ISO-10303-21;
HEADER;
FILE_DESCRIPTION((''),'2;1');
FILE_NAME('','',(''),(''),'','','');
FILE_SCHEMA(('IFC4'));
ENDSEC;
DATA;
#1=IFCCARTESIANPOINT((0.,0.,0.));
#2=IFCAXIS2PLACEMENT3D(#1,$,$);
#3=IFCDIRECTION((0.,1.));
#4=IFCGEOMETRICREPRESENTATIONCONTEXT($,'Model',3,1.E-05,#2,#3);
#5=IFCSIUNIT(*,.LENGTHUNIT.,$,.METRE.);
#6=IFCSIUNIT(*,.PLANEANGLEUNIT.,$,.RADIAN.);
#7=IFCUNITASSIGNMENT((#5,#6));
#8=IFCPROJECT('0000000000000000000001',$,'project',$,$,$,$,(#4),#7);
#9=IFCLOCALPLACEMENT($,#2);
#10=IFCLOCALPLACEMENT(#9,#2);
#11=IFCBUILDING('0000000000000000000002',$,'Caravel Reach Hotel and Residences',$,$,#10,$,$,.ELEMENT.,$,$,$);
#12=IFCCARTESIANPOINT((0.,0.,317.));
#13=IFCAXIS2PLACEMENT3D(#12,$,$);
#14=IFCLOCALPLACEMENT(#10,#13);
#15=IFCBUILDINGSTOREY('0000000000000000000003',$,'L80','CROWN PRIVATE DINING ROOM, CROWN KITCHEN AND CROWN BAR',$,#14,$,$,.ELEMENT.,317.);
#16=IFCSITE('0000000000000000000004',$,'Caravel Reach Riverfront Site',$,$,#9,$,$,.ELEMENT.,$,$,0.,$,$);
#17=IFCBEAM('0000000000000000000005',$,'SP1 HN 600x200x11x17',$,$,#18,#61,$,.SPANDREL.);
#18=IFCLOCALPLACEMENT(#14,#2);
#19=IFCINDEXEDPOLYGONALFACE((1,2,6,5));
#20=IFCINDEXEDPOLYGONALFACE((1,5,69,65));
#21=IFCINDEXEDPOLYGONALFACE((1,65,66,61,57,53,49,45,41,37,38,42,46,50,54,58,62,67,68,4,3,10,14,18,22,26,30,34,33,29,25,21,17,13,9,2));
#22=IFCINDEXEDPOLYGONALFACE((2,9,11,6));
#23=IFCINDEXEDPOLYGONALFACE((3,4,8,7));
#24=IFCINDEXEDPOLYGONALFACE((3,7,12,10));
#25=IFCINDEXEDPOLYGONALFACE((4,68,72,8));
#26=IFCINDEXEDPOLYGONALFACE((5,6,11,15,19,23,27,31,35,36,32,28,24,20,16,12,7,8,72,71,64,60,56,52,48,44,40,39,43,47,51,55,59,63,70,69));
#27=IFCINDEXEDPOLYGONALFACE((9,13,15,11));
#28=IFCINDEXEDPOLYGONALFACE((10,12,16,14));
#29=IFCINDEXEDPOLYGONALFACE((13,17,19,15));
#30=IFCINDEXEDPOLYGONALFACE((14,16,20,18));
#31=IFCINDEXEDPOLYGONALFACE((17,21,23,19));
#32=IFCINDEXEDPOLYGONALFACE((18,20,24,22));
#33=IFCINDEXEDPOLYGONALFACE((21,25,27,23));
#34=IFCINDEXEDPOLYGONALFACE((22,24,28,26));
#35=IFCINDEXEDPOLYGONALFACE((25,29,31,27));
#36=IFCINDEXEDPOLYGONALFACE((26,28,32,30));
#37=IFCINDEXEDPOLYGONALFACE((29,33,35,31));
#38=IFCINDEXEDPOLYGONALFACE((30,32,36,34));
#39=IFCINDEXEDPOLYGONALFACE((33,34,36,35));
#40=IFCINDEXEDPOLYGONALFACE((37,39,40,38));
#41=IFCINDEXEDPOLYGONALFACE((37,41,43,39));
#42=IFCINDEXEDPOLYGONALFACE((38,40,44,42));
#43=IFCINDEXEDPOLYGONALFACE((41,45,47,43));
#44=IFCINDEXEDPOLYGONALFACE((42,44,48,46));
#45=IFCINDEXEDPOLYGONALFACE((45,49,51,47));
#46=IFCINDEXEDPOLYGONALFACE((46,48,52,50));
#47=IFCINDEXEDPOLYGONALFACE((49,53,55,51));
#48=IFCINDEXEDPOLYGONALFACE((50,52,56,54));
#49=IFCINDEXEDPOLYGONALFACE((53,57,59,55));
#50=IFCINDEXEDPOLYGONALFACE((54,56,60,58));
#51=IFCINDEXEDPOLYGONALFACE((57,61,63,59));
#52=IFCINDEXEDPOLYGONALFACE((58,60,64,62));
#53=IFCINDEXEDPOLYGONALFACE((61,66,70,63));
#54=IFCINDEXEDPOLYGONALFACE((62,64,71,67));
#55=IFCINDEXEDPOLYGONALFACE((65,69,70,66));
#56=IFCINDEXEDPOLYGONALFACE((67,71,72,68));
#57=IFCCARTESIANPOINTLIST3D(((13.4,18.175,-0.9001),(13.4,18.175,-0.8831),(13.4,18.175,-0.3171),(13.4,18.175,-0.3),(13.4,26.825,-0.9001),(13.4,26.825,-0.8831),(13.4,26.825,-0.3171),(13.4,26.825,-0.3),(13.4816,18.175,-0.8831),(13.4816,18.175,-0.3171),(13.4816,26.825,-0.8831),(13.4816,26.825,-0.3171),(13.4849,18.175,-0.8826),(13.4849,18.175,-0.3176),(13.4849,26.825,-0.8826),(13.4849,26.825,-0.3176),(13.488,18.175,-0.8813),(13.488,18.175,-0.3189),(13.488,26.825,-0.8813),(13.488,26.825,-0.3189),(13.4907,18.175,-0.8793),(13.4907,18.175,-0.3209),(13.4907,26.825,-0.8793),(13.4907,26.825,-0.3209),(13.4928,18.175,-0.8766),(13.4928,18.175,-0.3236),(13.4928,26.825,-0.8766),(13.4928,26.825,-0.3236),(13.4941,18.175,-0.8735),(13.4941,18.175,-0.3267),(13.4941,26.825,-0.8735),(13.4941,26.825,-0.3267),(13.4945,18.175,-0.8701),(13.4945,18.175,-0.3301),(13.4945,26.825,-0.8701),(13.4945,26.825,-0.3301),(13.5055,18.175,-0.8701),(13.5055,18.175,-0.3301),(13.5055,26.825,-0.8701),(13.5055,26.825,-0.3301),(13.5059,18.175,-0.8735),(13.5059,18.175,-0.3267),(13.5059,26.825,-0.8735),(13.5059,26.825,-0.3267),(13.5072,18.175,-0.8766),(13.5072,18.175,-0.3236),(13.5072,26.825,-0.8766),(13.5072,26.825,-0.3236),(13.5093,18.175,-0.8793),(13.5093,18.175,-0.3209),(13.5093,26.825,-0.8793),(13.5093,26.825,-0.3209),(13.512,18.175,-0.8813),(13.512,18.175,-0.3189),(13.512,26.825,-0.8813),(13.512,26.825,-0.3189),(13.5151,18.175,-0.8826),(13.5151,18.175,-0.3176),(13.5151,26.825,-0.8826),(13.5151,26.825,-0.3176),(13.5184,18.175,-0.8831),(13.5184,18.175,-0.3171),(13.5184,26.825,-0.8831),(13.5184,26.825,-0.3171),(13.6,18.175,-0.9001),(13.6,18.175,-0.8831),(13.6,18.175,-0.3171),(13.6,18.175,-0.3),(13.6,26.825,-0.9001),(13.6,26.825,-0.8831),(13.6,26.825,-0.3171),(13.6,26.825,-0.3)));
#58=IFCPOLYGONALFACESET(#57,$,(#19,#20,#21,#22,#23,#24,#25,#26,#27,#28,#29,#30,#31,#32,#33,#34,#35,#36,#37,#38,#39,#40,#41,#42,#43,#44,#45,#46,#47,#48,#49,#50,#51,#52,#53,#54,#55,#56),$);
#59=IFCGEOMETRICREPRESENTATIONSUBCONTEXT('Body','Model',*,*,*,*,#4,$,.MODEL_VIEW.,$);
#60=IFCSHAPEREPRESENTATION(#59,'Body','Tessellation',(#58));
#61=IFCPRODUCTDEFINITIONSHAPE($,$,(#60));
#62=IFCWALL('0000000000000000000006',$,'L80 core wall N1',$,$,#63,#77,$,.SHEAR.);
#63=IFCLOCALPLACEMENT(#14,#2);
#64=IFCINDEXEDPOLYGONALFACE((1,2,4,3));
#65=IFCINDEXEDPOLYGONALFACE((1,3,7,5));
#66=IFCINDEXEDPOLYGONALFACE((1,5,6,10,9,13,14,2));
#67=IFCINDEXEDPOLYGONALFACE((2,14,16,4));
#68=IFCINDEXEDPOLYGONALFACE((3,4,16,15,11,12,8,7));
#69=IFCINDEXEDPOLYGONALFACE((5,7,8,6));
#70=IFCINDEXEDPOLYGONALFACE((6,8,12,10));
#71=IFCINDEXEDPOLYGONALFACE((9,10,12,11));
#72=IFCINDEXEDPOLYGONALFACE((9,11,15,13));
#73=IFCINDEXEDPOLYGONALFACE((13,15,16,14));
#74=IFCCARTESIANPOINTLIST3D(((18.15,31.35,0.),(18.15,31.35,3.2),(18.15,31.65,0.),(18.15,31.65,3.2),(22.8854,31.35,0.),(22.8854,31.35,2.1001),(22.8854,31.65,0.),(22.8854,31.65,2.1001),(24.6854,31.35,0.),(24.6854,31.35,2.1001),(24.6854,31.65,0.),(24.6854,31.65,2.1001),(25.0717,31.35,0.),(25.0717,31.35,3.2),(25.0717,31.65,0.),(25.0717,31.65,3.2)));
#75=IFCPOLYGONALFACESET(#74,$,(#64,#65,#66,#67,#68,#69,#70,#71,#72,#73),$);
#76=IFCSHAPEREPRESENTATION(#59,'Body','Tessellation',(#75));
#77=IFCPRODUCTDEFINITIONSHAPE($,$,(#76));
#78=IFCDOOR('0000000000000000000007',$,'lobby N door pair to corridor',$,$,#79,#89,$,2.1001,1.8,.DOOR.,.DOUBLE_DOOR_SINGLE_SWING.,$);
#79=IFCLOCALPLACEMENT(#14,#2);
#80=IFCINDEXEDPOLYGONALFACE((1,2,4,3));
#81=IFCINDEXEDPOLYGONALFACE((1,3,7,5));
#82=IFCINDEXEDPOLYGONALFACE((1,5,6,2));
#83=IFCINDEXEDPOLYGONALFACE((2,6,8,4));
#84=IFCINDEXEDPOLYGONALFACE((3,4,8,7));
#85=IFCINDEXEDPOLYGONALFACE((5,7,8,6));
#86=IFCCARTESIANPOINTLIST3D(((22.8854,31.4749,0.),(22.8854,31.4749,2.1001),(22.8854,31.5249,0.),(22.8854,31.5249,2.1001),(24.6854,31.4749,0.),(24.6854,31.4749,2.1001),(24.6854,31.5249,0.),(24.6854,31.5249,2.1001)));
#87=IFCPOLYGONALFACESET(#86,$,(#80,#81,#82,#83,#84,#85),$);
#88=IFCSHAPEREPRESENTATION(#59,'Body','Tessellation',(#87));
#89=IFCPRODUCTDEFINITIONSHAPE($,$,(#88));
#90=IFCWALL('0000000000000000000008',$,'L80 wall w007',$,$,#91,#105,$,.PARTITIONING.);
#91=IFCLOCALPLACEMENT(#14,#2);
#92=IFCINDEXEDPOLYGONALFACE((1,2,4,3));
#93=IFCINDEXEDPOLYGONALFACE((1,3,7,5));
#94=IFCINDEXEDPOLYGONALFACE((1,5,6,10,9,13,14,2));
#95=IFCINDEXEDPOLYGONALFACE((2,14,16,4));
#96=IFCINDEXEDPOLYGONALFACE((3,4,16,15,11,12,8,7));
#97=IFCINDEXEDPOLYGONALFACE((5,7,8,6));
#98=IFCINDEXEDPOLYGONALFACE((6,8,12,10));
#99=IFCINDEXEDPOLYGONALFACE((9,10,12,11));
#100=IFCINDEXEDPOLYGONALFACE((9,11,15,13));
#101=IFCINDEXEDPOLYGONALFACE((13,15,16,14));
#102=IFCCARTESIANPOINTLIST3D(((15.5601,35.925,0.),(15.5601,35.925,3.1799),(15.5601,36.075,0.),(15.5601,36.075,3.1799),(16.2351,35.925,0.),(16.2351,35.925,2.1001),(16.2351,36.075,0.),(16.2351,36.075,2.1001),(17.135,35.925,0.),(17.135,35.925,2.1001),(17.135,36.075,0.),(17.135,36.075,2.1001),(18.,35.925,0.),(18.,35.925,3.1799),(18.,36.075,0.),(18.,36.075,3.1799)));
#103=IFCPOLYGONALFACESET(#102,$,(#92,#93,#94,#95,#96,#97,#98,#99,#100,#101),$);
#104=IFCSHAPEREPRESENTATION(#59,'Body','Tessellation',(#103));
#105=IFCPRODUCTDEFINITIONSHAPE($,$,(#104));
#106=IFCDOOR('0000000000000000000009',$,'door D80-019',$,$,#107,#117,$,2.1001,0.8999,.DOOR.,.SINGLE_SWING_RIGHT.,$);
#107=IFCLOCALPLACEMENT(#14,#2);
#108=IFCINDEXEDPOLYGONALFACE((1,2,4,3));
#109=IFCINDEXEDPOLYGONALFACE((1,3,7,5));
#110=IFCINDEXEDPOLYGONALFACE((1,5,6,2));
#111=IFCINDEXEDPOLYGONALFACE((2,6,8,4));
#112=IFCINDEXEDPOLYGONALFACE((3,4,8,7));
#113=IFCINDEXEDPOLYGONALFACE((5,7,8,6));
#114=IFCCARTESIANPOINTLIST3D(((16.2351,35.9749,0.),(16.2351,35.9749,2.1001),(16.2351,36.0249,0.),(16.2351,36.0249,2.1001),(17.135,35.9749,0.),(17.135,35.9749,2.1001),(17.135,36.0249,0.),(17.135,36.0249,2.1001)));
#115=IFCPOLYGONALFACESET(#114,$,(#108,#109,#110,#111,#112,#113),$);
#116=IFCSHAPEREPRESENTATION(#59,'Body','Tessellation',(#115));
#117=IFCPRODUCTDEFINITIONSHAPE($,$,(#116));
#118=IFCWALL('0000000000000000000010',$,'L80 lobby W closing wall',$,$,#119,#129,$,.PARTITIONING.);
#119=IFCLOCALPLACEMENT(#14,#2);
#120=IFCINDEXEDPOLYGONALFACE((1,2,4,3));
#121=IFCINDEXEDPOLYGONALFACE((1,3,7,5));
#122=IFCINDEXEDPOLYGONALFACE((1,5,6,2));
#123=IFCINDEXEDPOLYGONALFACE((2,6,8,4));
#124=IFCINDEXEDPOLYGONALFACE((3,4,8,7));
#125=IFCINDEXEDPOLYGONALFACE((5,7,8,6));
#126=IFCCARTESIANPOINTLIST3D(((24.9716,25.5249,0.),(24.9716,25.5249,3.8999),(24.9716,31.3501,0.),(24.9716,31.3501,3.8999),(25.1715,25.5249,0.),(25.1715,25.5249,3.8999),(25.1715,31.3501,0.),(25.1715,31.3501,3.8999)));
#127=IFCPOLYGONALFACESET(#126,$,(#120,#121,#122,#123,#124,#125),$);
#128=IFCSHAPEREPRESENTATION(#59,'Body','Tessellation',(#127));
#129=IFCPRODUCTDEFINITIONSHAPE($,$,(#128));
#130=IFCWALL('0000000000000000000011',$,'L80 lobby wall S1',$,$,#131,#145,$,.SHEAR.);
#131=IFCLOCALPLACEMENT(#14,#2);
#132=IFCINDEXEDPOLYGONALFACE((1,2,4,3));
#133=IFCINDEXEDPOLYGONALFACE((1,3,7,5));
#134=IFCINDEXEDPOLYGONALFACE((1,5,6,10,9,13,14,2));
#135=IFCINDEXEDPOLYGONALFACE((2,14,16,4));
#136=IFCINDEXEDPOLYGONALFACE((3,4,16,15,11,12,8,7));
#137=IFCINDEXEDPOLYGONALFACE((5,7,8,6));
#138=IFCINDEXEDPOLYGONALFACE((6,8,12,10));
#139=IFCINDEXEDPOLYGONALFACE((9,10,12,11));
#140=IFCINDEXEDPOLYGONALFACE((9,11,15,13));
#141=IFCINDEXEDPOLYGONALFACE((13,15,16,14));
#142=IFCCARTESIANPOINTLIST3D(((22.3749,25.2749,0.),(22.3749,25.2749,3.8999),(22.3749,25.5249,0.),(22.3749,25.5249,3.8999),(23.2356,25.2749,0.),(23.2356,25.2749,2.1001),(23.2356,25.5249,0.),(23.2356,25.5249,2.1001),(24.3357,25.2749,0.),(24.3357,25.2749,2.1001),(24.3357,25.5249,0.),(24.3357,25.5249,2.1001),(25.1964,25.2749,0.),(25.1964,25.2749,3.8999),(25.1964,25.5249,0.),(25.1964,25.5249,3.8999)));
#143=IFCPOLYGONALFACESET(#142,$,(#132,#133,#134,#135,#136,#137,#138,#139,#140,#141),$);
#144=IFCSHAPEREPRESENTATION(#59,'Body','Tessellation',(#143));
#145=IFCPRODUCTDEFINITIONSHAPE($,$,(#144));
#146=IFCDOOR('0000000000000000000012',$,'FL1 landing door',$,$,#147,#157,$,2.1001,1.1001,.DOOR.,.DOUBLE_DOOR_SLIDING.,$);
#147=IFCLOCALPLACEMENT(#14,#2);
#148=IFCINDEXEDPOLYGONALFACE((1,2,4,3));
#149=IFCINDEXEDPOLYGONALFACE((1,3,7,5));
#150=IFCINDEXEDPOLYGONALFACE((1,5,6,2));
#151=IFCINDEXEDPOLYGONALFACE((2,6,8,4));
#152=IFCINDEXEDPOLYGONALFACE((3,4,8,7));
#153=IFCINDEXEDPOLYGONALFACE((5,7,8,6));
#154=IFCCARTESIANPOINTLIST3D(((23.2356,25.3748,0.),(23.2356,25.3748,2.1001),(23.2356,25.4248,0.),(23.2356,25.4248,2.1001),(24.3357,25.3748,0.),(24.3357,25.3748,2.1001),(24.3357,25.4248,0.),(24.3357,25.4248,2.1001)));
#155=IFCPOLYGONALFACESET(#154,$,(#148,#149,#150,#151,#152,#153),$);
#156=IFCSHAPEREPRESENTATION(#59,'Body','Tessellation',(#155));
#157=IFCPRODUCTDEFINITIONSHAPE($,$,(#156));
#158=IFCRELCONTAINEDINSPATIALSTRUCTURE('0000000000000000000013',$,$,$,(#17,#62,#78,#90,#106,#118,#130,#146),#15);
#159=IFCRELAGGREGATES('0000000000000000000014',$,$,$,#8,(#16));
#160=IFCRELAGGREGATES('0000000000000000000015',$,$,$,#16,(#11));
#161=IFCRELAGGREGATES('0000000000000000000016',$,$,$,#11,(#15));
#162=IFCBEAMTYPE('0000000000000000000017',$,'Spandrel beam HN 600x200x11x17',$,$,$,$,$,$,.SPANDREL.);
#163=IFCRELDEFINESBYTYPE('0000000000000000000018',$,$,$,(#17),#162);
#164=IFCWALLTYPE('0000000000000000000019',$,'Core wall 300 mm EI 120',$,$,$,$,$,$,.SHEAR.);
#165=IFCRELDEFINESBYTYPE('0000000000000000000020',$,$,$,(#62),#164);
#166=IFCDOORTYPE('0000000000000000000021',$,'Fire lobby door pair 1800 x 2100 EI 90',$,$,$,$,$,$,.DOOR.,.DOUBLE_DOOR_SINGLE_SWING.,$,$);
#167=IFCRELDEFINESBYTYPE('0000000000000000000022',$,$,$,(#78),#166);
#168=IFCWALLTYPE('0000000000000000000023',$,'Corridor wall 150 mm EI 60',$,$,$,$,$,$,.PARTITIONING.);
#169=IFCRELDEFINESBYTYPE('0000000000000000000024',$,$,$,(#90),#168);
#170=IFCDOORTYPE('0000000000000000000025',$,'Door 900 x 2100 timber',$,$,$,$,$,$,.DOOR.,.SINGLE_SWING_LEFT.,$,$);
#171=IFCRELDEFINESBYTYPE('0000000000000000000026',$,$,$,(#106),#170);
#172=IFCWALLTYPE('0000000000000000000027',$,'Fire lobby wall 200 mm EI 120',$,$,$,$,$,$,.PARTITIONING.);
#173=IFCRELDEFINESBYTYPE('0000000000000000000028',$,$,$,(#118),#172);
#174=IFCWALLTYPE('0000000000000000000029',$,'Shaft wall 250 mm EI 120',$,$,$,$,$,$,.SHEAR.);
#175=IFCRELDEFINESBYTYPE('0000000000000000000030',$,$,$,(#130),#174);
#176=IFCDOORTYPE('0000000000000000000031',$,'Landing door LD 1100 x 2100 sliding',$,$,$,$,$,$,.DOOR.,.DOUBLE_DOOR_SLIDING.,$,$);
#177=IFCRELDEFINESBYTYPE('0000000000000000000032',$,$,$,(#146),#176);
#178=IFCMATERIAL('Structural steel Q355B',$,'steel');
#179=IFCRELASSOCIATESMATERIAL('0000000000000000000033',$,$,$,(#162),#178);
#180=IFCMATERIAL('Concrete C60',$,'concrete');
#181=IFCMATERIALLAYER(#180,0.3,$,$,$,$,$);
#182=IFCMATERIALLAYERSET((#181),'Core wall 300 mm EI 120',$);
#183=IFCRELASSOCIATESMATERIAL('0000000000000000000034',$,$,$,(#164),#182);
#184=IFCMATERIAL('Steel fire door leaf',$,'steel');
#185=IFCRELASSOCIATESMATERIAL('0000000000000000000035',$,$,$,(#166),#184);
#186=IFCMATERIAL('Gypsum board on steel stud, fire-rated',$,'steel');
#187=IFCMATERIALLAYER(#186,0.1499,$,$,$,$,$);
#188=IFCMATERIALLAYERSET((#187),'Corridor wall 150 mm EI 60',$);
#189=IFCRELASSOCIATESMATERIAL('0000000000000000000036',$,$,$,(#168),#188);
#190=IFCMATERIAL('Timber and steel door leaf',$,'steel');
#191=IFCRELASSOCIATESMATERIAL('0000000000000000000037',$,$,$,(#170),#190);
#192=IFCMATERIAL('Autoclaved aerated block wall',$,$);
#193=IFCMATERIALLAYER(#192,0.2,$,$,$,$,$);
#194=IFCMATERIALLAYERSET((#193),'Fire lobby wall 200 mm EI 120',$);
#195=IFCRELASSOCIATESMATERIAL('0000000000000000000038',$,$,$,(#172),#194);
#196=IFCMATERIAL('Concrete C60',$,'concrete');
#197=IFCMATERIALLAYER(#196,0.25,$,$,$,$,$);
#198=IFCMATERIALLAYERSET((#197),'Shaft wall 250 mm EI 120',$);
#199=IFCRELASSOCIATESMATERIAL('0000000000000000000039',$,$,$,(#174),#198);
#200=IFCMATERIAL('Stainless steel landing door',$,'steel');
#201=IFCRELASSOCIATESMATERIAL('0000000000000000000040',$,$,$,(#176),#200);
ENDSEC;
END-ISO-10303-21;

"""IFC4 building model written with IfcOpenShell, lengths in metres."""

from ifc_helpers import new_model, si_unit, direction, frame, frame_2d, origin, origin_2d, place, context, subcontext, project, spatial, rectangle, i_section, extrude, material, layer, layer_set, material_profile, profile_set, type_object, element, fill, save


model = new_model("IFC4")

# Units and contexts
model_context = context("Model", 3, precision=1e-05, world=origin(), true_north=direction((0.0, 1.0)))
body_context = subcontext(model_context, "Body", "Model", "MODEL_VIEW")
ifc_project = project(units=[si_unit("LENGTHUNIT", "METRE"), si_unit("PLANEANGLEUNIT", "RADIAN")], contexts=[model_context])

# Site, building, storey
site_placement = place(None, origin())
site = spatial("IfcSite", under=ifc_project, at=site_placement, Name="Caravel Reach Riverfront Site", CompositionType="ELEMENT", RefElevation=0.0)
building_placement = place(site_placement, origin())
building = spatial("IfcBuilding", under=site, at=building_placement, Name="Caravel Reach Hotel and Residences", CompositionType="ELEMENT")
storey_placement = place(building_placement, frame((0.0, 0.0, 317.0)))
storey = spatial("IfcBuildingStorey", under=building, at=storey_placement, Name="L80", Description="CROWN PRIVATE DINING ROOM, CROWN KITCHEN AND CROWN BAR", CompositionType="ELEMENT", Elevation=317.0)

# Beam
ifc_material_1 = material(Name="Structural steel Q355B", Category="steel")
ifc_material_profile_1 = material_profile(ifc_material_1, i_section(OverallWidth=0.2, OverallDepth=0.6001, WebThickness=0.011, FlangeThickness=0.0171, FilletRadius=0.0129, at=origin_2d()), Name="HN 600x200x11x17")
ifc_profile_set_1 = profile_set([ifc_material_profile_1], Name="Structural steel Q355B")
beam_type_1 = type_object("IfcBeamType", Name="Spandrel beam HN 600x200x11x17", PredefinedType="SPANDREL", material=ifc_profile_set_1)
for number, where, z_axis, x_axis, name in (
    (1, (13.5, 26.825, -0.6001), (0.0, -1.0, 0.0), (1.0, 0.0, 0.0), "SP1 HN 600x200x11x17"),
):
    element("IfcBeam", number, at=place(storey_placement, frame(where, z_axis=z_axis, x_axis=x_axis)), inside=storey, type_object=beam_type_1, Name=name, PredefinedType="SPANDREL", context=body_context, shape_type="SweptSolid", body=[
        extrude(i_section(OverallWidth=0.2, OverallDepth=0.6001, WebThickness=0.011, FlangeThickness=0.0171, FilletRadius=0.0129, at=origin_2d()), origin(), (0.0, 0.0, 1.0), 8.6499),
    ])

# Walls, openings, doors
ifc_material_2 = material(Name="Concrete C60", Category="concrete")
ifc_layer_1 = layer(ifc_material_2, 0.3)
ifc_layer_set_1 = layer_set([ifc_layer_1], Name="Core wall 300 mm EI 120")
wall_type_1 = type_object("IfcWallType", Name="Core wall 300 mm EI 120", PredefinedType="SHEAR", material=ifc_layer_set_1)
wall_1_placement = place(storey_placement, frame((18.1499, 31.5, 0.0), z_axis=(0.0, 0.0, 1.0), x_axis=(1.0, 0.0, 0.0)))
wall_1 = element("IfcWall", 2, at=wall_1_placement, inside=storey, type_object=wall_type_1, Name="L80 core wall N1", PredefinedType="SHEAR", context=body_context, shape_type="SweptSolid", body=[
    extrude(rectangle(XDim=6.9216, YDim=0.3, at=frame_2d((3.4609, 0.0))), origin(), (0.0, 0.0, 1.0), 3.2),
])
opening_1_placement = place(wall_1_placement, frame((4.7356, 0.0, 0.0)))
opening_1 = element("IfcOpeningElement", 3, at=opening_1_placement, cuts=wall_1, PredefinedType="OPENING", context=body_context, shape_type="SweptSolid", body=[
    extrude(rectangle(XDim=1.8, YDim=2.1001, at=frame_2d((0.8999, 1.05))), frame((0.0, 0.1599, 0.0), z_axis=(0.0, -1.0, 0.0), x_axis=(1.0, 0.0, 0.0)), (0.0, 0.0, 1.0), 0.3201),
])
ifc_material_3 = material(Name="Steel fire door leaf", Category="steel")
door_type_1 = type_object("IfcDoorType", Name="Fire lobby door pair 1800 x 2100 EI 90", OperationType="DOUBLE_DOOR_SINGLE_SWING", PredefinedType="DOOR", material=ifc_material_3)
door_1_placement = place(opening_1_placement, origin())
door_1 = element("IfcDoor", 4, at=door_1_placement, inside=storey, type_object=door_type_1, Name="lobby N door pair to corridor", OperationType="DOUBLE_DOOR_SINGLE_SWING", OverallHeight=2.1001, OverallWidth=1.8, PredefinedType="DOOR", context=body_context, shape_type="SweptSolid", body=[
    extrude(rectangle(XDim=1.8, YDim=2.1001, at=frame_2d((0.8999, 1.05))), frame((0.0, 0.0249, 0.0), z_axis=(0.0, -1.0, 0.0), x_axis=(1.0, 0.0, 0.0)), (0.0, 0.0, 1.0), 0.05),
])
fill(opening_1, door_1)
ifc_material_4 = material(Name="Gypsum board on steel stud, fire-rated", Category="steel")
ifc_layer_2 = layer(ifc_material_4, 0.1499)
ifc_layer_set_2 = layer_set([ifc_layer_2], Name="Corridor wall 150 mm EI 60")
wall_type_2 = type_object("IfcWallType", Name="Corridor wall 150 mm EI 60", PredefinedType="PARTITIONING", material=ifc_layer_set_2)
wall_2_placement = place(storey_placement, frame((15.5601, 36.0, 0.0), z_axis=(0.0, 0.0, 1.0), x_axis=(1.0, 0.0, 0.0)))
wall_2 = element("IfcWall", 5, at=wall_2_placement, inside=storey, type_object=wall_type_2, Name="L80 wall w007", PredefinedType="PARTITIONING", context=body_context, shape_type="SweptSolid", body=[
    extrude(rectangle(XDim=2.4399, YDim=0.1499, at=frame_2d((1.22, 0.0))), origin(), (0.0, 0.0, 1.0), 3.1799),
])
opening_2_placement = place(wall_2_placement, frame((0.675, 0.0, 0.0)))
opening_2 = element("IfcOpeningElement", 6, at=opening_2_placement, cuts=wall_2, PredefinedType="OPENING", context=body_context, shape_type="SweptSolid", body=[
    extrude(rectangle(XDim=0.8999, YDim=2.1001, at=frame_2d((0.45, 1.05))), frame((0.0, 0.085, 0.0), z_axis=(0.0, -1.0, 0.0), x_axis=(1.0, 0.0, 0.0)), (0.0, 0.0, 1.0), 0.1699),
])
ifc_material_5 = material(Name="Timber and steel door leaf", Category="steel")
door_type_2 = type_object("IfcDoorType", Name="Door 900 x 2100 timber", OperationType="SINGLE_SWING_LEFT", PredefinedType="DOOR", material=ifc_material_5)
door_2_placement = place(opening_2_placement, origin())
door_2 = element("IfcDoor", 7, at=door_2_placement, inside=storey, type_object=door_type_2, Name="door D80-019", OperationType="SINGLE_SWING_RIGHT", OverallHeight=2.1001, OverallWidth=0.8999, PredefinedType="DOOR", context=body_context, shape_type="SweptSolid", body=[
    extrude(rectangle(XDim=0.8999, YDim=2.1001, at=frame_2d((0.45, 1.05))), frame((0.0, 0.0249, 0.0), z_axis=(0.0, -1.0, 0.0), x_axis=(1.0, 0.0, 0.0)), (0.0, 0.0, 1.0), 0.05),
])
fill(opening_2, door_2)

# Wall
ifc_material_6 = material(Name="Autoclaved aerated block wall")
ifc_layer_3 = layer(ifc_material_6, 0.2)
ifc_layer_set_3 = layer_set([ifc_layer_3], Name="Fire lobby wall 200 mm EI 120")
wall_type_3 = type_object("IfcWallType", Name="Fire lobby wall 200 mm EI 120", PredefinedType="PARTITIONING", material=ifc_layer_set_3)
wall_3_placement = place(storey_placement, frame((25.0715, 25.5249, 0.0), z_axis=(0.0, 0.0, 1.0), x_axis=(0.0, 1.0, 0.0)))
element("IfcWall", 8, at=wall_3_placement, inside=storey, type_object=wall_type_3, Name="L80 lobby W closing wall", PredefinedType="PARTITIONING", context=body_context, shape_type="SweptSolid", body=[
    extrude(rectangle(XDim=5.8252, YDim=0.2, at=frame_2d((2.9126, 0.0))), origin(), (0.0, 0.0, 1.0), 3.8999),
])

# Wall, opening, door
ifc_material_7 = material(Name="Concrete C60", Category="concrete")
ifc_layer_4 = layer(ifc_material_7, 0.25)
ifc_layer_set_4 = layer_set([ifc_layer_4], Name="Shaft wall 250 mm EI 120")
wall_type_4 = type_object("IfcWallType", Name="Shaft wall 250 mm EI 120", PredefinedType="SHEAR", material=ifc_layer_set_4)
wall_4_placement = place(storey_placement, frame((22.375, 25.3999, 0.0), z_axis=(0.0, 0.0, 1.0), x_axis=(1.0, 0.0, 0.0)))
wall_4 = element("IfcWall", 9, at=wall_4_placement, inside=storey, type_object=wall_type_4, Name="L80 lobby wall S1", PredefinedType="SHEAR", context=body_context, shape_type="SweptSolid", body=[
    extrude(rectangle(XDim=2.8215, YDim=0.25, at=frame_2d((1.4106, 0.0))), origin(), (0.0, 0.0, 1.0), 3.8999),
])
opening_3_placement = place(wall_4_placement, frame((0.8606, 0.0, 0.0)))
opening_3 = element("IfcOpeningElement", 10, at=opening_3_placement, cuts=wall_4, PredefinedType="OPENING", context=body_context, shape_type="SweptSolid", body=[
    extrude(rectangle(XDim=1.1001, YDim=2.1001, at=frame_2d((0.55, 1.05))), frame((0.0, 0.135, 0.0), z_axis=(0.0, -1.0, 0.0), x_axis=(1.0, 0.0, 0.0)), (0.0, 0.0, 1.0), 0.27),
])
ifc_material_8 = material(Name="Stainless steel landing door", Category="steel")
door_type_3 = type_object("IfcDoorType", Name="Landing door LD 1100 x 2100 sliding", OperationType="DOUBLE_DOOR_SLIDING", PredefinedType="DOOR", material=ifc_material_8)
door_3_placement = place(opening_3_placement, origin())
door_3 = element("IfcDoor", 11, at=door_3_placement, inside=storey, type_object=door_type_3, Name="FL1 landing door", OperationType="DOUBLE_DOOR_SLIDING", OverallHeight=2.1001, OverallWidth=1.1001, PredefinedType="DOOR", context=body_context, shape_type="SweptSolid", body=[
    extrude(rectangle(XDim=1.1001, YDim=2.1001, at=frame_2d((0.55, 1.05))), frame((0.0, 0.0249, 0.0), z_axis=(0.0, -1.0, 0.0), x_axis=(1.0, 0.0, 0.0)), (0.0, 0.0, 1.0), 0.05),
])
fill(opening_3, door_3)

save(model, "model.ifc")
